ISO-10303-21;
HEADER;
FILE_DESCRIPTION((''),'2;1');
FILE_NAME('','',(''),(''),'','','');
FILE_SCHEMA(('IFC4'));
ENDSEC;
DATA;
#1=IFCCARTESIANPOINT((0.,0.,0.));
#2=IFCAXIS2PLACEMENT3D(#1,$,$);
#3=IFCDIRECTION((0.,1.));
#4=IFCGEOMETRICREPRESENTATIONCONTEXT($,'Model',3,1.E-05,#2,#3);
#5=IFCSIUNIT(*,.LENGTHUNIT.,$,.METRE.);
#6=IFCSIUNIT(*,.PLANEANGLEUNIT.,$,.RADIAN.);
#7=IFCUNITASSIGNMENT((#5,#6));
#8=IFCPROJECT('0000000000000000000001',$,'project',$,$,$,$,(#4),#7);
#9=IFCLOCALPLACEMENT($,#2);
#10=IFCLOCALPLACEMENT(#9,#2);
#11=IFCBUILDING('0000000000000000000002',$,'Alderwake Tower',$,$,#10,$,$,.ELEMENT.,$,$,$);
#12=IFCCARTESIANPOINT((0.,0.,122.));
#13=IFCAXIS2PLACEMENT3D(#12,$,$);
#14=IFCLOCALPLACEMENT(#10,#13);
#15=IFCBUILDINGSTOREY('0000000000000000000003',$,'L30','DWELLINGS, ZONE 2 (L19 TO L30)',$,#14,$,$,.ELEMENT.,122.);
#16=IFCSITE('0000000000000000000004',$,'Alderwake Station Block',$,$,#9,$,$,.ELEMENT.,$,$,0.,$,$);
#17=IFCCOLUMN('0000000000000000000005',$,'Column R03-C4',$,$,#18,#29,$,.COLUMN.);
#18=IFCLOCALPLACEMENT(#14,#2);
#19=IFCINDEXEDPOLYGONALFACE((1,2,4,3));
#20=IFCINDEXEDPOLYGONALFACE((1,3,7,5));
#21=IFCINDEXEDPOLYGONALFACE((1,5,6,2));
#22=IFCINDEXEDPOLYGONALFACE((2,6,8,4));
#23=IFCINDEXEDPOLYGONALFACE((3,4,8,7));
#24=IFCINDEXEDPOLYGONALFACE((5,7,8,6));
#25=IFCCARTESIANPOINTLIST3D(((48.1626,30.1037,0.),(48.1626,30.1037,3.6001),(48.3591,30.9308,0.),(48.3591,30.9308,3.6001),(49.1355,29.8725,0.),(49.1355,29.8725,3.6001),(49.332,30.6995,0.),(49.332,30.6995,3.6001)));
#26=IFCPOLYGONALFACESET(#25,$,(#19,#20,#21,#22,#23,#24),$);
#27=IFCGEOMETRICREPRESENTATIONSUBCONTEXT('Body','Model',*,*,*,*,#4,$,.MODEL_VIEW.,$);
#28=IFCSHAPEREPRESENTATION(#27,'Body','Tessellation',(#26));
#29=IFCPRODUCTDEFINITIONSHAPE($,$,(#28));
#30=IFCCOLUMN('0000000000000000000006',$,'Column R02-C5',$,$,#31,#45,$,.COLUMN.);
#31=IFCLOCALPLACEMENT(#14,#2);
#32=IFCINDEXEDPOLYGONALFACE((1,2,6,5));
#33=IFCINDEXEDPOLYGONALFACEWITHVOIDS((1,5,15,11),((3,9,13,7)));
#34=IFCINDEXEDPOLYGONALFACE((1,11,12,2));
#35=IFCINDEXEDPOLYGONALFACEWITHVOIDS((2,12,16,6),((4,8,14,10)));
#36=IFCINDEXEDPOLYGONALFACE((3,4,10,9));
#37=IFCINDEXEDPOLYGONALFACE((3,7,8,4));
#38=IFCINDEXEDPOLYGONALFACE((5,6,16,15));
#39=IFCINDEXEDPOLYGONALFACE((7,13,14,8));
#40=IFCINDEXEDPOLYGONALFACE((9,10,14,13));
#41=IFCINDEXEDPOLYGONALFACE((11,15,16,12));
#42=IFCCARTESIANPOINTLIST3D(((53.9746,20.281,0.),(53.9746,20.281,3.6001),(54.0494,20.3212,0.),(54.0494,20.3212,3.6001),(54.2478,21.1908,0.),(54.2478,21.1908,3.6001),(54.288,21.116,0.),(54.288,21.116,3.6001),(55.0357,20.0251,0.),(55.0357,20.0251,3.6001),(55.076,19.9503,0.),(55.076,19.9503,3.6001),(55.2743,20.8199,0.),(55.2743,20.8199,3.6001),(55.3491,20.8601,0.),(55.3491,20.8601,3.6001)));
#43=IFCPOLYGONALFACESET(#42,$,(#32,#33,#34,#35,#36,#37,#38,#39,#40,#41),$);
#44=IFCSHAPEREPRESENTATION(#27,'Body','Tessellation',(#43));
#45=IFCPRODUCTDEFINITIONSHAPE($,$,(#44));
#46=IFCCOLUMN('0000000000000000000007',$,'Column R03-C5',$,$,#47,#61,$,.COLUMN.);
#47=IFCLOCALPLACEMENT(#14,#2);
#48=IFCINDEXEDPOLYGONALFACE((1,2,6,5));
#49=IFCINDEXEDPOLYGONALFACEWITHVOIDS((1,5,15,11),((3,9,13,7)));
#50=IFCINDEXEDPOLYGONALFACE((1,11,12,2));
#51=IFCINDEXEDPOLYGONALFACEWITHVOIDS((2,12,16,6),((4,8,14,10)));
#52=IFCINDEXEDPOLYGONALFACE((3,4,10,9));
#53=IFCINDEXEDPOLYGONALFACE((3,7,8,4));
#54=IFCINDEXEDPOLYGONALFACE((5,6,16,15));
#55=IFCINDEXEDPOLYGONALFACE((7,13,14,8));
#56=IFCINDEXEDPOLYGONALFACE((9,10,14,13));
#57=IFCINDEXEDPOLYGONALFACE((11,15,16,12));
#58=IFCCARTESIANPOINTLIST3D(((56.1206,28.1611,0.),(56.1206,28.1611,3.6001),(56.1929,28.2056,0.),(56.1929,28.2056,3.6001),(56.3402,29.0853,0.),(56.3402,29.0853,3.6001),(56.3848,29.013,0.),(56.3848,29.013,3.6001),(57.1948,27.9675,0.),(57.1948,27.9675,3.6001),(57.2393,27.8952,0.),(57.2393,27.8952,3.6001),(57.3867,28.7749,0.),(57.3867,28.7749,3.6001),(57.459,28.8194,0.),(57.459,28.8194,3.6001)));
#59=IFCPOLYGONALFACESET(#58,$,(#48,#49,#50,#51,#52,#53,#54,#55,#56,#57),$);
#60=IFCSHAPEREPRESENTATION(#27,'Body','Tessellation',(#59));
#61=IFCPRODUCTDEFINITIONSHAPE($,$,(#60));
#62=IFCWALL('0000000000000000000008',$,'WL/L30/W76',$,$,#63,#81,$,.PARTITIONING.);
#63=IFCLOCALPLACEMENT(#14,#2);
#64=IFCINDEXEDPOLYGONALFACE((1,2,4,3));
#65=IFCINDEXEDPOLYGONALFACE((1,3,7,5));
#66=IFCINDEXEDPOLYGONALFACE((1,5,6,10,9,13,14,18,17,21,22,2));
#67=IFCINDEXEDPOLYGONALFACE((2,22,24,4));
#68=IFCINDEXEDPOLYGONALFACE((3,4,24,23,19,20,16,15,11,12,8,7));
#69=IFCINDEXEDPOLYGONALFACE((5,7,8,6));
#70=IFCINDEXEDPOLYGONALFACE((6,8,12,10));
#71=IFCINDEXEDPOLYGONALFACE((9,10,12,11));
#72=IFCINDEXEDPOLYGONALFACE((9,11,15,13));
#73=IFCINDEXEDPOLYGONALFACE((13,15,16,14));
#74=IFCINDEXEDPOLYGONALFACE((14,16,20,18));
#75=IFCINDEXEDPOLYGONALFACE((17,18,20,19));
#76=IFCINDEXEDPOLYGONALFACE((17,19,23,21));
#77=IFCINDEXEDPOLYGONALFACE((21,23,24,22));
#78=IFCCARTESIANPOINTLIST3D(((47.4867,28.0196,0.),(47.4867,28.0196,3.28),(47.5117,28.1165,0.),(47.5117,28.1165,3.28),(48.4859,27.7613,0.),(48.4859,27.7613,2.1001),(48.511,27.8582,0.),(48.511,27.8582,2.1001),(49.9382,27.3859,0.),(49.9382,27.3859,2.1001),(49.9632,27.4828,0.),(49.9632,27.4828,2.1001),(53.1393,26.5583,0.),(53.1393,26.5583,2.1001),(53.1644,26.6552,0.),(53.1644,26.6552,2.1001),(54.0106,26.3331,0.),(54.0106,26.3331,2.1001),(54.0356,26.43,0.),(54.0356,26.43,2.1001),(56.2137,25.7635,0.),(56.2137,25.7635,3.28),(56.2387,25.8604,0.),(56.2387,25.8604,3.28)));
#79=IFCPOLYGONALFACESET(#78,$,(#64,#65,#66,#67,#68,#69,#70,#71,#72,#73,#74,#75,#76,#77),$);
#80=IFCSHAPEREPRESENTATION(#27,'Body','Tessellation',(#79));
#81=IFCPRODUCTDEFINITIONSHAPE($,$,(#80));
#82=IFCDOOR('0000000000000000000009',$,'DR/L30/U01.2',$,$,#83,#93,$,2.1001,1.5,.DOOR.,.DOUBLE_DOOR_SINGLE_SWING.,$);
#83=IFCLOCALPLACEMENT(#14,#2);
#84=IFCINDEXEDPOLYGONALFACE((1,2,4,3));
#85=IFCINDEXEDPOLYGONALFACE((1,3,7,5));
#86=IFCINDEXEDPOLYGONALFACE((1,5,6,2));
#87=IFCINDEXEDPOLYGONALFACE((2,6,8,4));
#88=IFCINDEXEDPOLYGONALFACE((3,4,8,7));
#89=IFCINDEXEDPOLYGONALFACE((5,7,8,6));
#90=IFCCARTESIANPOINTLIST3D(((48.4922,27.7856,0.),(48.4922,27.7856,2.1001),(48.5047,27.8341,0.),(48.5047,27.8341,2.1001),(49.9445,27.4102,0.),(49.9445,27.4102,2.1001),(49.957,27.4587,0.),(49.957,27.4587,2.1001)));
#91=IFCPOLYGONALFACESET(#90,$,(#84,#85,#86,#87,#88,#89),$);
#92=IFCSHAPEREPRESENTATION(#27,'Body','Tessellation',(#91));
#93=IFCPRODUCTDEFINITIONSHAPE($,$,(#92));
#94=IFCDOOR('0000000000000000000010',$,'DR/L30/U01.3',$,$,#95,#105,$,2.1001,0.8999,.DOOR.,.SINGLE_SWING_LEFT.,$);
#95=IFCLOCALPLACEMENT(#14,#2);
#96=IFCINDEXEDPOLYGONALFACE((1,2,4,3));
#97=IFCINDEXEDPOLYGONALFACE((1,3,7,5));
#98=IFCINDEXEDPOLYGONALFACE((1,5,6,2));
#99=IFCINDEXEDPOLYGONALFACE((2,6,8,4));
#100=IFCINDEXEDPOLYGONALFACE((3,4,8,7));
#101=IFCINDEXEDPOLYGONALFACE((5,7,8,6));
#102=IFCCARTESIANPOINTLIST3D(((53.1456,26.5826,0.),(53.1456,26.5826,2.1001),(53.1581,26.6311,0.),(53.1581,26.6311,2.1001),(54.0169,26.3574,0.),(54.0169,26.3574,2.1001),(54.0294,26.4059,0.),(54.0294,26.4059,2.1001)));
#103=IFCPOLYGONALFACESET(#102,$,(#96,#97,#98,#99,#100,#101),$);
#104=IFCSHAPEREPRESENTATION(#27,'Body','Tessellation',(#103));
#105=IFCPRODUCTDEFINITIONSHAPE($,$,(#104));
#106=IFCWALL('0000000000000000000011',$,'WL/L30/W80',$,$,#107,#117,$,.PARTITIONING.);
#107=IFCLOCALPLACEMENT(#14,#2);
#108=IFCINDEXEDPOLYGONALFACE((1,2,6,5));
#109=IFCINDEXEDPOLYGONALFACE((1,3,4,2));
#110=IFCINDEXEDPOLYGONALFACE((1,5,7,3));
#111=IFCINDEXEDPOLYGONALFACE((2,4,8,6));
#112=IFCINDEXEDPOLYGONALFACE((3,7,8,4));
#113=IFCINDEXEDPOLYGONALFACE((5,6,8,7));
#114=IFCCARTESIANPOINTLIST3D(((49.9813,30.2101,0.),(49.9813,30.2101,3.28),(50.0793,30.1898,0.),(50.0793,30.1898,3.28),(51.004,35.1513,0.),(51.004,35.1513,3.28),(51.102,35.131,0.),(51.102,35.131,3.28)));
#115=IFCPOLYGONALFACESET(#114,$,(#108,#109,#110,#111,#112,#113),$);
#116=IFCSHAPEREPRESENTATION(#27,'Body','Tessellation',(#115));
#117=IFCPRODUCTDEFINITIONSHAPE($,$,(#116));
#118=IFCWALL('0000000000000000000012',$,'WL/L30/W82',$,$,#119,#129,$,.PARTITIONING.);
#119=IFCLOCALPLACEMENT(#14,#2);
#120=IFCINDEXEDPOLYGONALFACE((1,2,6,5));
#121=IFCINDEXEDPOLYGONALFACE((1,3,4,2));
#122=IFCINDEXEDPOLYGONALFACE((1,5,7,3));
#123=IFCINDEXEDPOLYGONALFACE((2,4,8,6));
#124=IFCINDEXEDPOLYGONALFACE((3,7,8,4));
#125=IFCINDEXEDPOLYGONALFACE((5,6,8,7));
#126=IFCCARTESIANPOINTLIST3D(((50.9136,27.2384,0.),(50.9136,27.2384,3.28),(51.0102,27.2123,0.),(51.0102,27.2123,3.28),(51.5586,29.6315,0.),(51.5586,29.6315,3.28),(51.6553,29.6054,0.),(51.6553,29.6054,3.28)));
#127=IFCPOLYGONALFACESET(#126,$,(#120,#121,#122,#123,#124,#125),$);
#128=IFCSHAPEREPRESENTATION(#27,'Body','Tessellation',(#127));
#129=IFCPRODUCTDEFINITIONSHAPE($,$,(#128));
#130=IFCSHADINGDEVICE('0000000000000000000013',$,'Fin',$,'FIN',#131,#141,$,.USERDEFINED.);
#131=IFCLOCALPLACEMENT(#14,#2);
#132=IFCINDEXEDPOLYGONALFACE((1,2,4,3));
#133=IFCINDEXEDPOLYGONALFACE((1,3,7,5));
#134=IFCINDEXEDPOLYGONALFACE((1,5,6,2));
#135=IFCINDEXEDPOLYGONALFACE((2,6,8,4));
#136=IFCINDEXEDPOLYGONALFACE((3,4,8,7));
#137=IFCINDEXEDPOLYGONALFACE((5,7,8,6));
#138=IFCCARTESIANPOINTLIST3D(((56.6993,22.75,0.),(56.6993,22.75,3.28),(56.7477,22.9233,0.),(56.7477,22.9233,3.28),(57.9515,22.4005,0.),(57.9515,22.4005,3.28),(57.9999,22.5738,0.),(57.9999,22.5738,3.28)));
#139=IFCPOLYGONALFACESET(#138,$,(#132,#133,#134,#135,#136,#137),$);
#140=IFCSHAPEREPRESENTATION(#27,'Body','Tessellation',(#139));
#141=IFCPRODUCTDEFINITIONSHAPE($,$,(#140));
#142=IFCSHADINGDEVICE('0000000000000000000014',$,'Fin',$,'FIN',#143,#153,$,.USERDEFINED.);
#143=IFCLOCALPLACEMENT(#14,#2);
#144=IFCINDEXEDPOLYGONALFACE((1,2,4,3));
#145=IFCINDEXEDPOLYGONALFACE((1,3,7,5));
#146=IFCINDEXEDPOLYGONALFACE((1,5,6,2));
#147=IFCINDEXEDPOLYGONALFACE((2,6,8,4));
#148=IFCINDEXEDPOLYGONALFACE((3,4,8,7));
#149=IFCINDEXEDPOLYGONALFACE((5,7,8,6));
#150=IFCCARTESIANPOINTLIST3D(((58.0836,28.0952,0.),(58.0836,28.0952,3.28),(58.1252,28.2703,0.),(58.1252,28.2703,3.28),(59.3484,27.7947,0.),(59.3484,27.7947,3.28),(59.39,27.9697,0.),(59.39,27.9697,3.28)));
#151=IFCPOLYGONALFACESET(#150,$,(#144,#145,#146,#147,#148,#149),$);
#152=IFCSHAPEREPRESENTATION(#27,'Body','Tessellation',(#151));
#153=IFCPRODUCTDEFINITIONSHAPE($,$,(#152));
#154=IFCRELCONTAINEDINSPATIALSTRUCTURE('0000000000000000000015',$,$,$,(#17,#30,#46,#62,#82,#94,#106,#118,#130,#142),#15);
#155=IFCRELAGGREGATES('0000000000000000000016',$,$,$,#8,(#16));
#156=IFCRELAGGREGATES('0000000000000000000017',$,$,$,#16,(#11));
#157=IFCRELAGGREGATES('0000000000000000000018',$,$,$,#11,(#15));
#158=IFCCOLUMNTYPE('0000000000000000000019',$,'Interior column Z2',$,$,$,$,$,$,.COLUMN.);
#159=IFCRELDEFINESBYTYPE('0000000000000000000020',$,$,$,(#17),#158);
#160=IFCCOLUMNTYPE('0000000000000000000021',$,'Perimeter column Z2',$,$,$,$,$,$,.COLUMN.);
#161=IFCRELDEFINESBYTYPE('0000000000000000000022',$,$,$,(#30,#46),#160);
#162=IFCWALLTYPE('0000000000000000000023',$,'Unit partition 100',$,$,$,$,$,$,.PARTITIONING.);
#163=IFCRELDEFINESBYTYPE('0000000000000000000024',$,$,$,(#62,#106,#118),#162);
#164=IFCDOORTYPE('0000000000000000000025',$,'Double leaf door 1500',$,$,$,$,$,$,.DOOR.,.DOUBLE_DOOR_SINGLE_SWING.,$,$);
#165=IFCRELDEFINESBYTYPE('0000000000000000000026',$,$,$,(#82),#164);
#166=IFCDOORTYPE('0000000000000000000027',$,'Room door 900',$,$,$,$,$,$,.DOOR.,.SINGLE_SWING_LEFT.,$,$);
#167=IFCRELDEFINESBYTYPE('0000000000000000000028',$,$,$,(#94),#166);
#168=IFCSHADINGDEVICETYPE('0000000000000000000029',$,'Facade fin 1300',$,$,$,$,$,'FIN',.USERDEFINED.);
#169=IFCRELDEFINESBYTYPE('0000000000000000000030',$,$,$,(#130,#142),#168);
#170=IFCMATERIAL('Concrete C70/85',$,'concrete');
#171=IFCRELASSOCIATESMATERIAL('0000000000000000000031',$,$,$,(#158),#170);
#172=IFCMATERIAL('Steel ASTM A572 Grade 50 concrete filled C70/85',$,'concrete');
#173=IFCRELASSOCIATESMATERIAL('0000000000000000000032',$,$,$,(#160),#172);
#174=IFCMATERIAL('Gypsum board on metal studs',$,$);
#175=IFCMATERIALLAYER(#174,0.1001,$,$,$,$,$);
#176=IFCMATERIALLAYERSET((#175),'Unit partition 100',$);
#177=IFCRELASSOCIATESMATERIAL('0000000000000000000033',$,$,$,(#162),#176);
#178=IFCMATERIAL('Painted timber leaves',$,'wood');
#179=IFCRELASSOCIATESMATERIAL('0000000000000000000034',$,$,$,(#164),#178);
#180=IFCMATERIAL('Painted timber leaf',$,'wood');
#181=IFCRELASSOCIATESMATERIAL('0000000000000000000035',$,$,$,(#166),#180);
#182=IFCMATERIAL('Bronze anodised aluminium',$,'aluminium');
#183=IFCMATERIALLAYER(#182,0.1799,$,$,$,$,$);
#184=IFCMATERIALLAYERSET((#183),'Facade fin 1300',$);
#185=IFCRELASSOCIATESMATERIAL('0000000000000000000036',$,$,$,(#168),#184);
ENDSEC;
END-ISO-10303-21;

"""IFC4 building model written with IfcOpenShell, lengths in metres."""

from ifc_helpers import new_model, si_unit, direction, frame, frame_2d, origin, origin_2d, place, context, subcontext, project, spatial, rectangle, hollow_rectangle, extrude, material, layer, layer_set, material_profile, profile_set, type_object, element, fill, save


model = new_model("IFC4")

# Units and contexts
model_context = context("Model", 3, precision=1e-05, world=origin(), true_north=direction((0.0, 1.0)))
body_context = subcontext(model_context, "Body", "Model", "MODEL_VIEW")
ifc_project = project(units=[si_unit("LENGTHUNIT", "METRE"), si_unit("PLANEANGLEUNIT", "RADIAN")], contexts=[model_context])

# Site, building, storey
site_placement = place(None, origin())
site = spatial("IfcSite", under=ifc_project, at=site_placement, Name="Alderwake Station Block", CompositionType="ELEMENT", RefElevation=0.0)
building_placement = place(site_placement, origin())
building = spatial("IfcBuilding", under=site, at=building_placement, Name="Alderwake Tower", CompositionType="ELEMENT")
storey_placement = place(building_placement, frame((0.0, 0.0, 122.0)))
storey = spatial("IfcBuildingStorey", under=building, at=storey_placement, Name="L30", Description="DWELLINGS, ZONE 2 (L19 TO L30)", CompositionType="ELEMENT", Elevation=122.0)

# Columns
ifc_material_1 = material(Name="Concrete C70/85", Category="concrete")
ifc_material_profile_1 = material_profile(ifc_material_1, rectangle(XDim=0.8501, YDim=1.0, at=origin_2d()), Name="RC 1000X850")
ifc_profile_set_1 = profile_set([ifc_material_profile_1], Name="Concrete C70/85")
column_type_1 = type_object("IfcColumnType", Name="Interior column Z2", PredefinedType="COLUMN", material=ifc_profile_set_1)
column_placement = place(storey_placement, frame((48.7473, 30.4016, 0.0), z_axis=(0.0, 0.0, 1.0), x_axis=(0.231222, 0.972901, 0.0)))
element("IfcColumn", 1, at=column_placement, inside=storey, type_object=column_type_1, Name="Column R03-C4", PredefinedType="COLUMN", context=body_context, shape_type="SweptSolid", body=[
    extrude(rectangle(XDim=0.8501, YDim=1.0, at=origin_2d()), origin(), (0.0, 0.0, 1.0), 3.6001),
])
ifc_material_2 = material(Name="Steel ASTM A572 Grade 50 concrete filled C70/85", Category="concrete")
ifc_material_profile_2 = material_profile(ifc_material_2, hollow_rectangle(XDim=0.95, YDim=1.1499, WallThickness=0.0601, at=origin_2d()), Name="BOX 1150X950X60")
ifc_profile_set_2 = profile_set([ifc_material_profile_2], Name="Steel ASTM A572 Grade 50 concrete filled C70/85")
column_type_2 = type_object("IfcColumnType", Name="Perimeter column Z2", PredefinedType="COLUMN", material=ifc_profile_set_2)
for number, where, z_axis, x_axis, name in (
    (2, (54.6619, 20.5706, 0.0), (0.0, 0.0, 1.0), (0.287549, 0.957766, 0.0), "Column R02-C5"),
    (3, (56.7898, 28.4902, 0.0), (0.0, 0.0, 1.0), (0.231222, 0.972901, 0.0), "Column R03-C5"),
):
    element("IfcColumn", number, at=place(storey_placement, frame(where, z_axis=z_axis, x_axis=x_axis)), inside=storey, type_object=column_type_2, Name=name, PredefinedType="COLUMN", context=body_context, shape_type="SweptSolid", body=[
        extrude(hollow_rectangle(XDim=0.95, YDim=1.1499, WallThickness=0.0601, at=origin_2d()), origin(), (0.0, 0.0, 1.0), 3.6001),
    ])

# Wall, openings, doors
ifc_material_3 = material(Name="Gypsum board on metal studs")
ifc_layer_1 = layer(ifc_material_3, 0.1001)
ifc_layer_set_1 = layer_set([ifc_layer_1], Name="Unit partition 100")
wall_type_1 = type_object("IfcWallType", Name="Unit partition 100", PredefinedType="PARTITIONING", material=ifc_layer_set_1)
wall_1_placement = place(storey_placement, frame((56.2261, 25.812, 0.0), z_axis=(0.0, 0.0, 1.0), x_axis=(-0.968171, 0.25029, 0.0)))
wall_1 = element("IfcWall", 4, at=wall_1_placement, inside=storey, type_object=wall_type_1, Name="WL/L30/W76", PredefinedType="PARTITIONING", context=body_context, shape_type="SweptSolid", body=[
    extrude(rectangle(XDim=9.0139, YDim=0.1001, at=frame_2d((4.5068, 0.0))), origin(), (0.0, 0.0, 1.0), 3.28),
])
opening_1_placement = place(wall_1_placement, frame((6.4817, 0.0, 0.0)))
opening_1 = element("IfcOpeningElement", 5, at=opening_1_placement, cuts=wall_1, PredefinedType="OPENING", context=body_context, shape_type="SweptSolid", body=[
    extrude(rectangle(XDim=1.5, YDim=2.1001, at=frame_2d((0.75, 1.05))), frame((0.0, 0.0601, 0.0), z_axis=(0.0, -1.0, 0.0), x_axis=(1.0, 0.0, 0.0)), (0.0, 0.0, 1.0), 0.1201),
])
opening_2_placement = place(wall_1_placement, frame((2.2754, 0.0, 0.0)))
opening_2 = element("IfcOpeningElement", 6, at=opening_2_placement, cuts=wall_1, PredefinedType="OPENING", context=body_context, shape_type="SweptSolid", body=[
    extrude(rectangle(XDim=0.8999, YDim=2.1001, at=frame_2d((0.45, 1.05))), frame((0.0, 0.0601, 0.0), z_axis=(0.0, -1.0, 0.0), x_axis=(1.0, 0.0, 0.0)), (0.0, 0.0, 1.0), 0.1201),
])
ifc_material_4 = material(Name="Painted timber leaves", Category="wood")
door_type_1 = type_object("IfcDoorType", Name="Double leaf door 1500", OperationType="DOUBLE_DOOR_SINGLE_SWING", PredefinedType="DOOR", material=ifc_material_4)
door_1_placement = place(opening_1_placement, origin())
door_1 = element("IfcDoor", 7, at=door_1_placement, inside=storey, type_object=door_type_1, Name="DR/L30/U01.2", OperationType="DOUBLE_DOOR_SINGLE_SWING", OverallHeight=2.1001, OverallWidth=1.5, PredefinedType="DOOR", context=body_context, shape_type="SweptSolid", body=[
    extrude(rectangle(XDim=1.5, YDim=2.1001, at=frame_2d((0.75, 1.05))), frame((0.0, 0.0249, 0.0), z_axis=(0.0, -1.0, 0.0), x_axis=(1.0, 0.0, 0.0)), (0.0, 0.0, 1.0), 0.05),
])
fill(opening_1, door_1)
ifc_material_5 = material(Name="Painted timber leaf", Category="wood")
door_type_2 = type_object("IfcDoorType", Name="Room door 900", OperationType="SINGLE_SWING_LEFT", PredefinedType="DOOR", material=ifc_material_5)
door_2_placement = place(opening_2_placement, origin())
door_2 = element("IfcDoor", 8, at=door_2_placement, inside=storey, type_object=door_type_2, Name="DR/L30/U01.3", OperationType="SINGLE_SWING_LEFT", OverallHeight=2.1001, OverallWidth=0.8999, PredefinedType="DOOR", context=body_context, shape_type="SweptSolid", body=[
    extrude(rectangle(XDim=0.8999, YDim=2.1001, at=frame_2d((0.45, 1.05))), frame((0.0, 0.0249, 0.0), z_axis=(0.0, -1.0, 0.0), x_axis=(1.0, 0.0, 0.0)), (0.0, 0.0, 1.0), 0.05),
])
fill(opening_2, door_2)

# Walls
wall_2_placement = place(storey_placement, frame((50.0303, 30.2, 0.0), z_axis=(0.0, 0.0, 1.0), x_axis=(0.202681, 0.979245, 0.0)))
element("IfcWall", 9, at=wall_2_placement, inside=storey, type_object=wall_type_1, Name="WL/L30/W80", PredefinedType="PARTITIONING", context=body_context, shape_type="SweptSolid", body=[
    extrude(rectangle(XDim=5.0459, YDim=0.1001, at=frame_2d((2.5229, 0.0))), origin(), (0.0, 0.0, 1.0), 3.28),
])
wall_3_placement = place(storey_placement, frame((50.9619, 27.2253, 0.0), z_axis=(0.0, 0.0, 1.0), x_axis=(0.260249, 0.965542, 0.0)))
element("IfcWall", 10, at=wall_3_placement, inside=storey, type_object=wall_type_1, Name="WL/L30/W82", PredefinedType="PARTITIONING", context=body_context, shape_type="SweptSolid", body=[
    extrude(rectangle(XDim=2.4785, YDim=0.1001, at=frame_2d((1.2393, 0.0))), origin(), (0.0, 0.0, 1.0), 3.28),
])

# Shading devices
ifc_material_6 = material(Name="Bronze anodised aluminium", Category="aluminium")
ifc_layer_2 = layer(ifc_material_6, 0.1799)
ifc_layer_set_2 = layer_set([ifc_layer_2], Name="Facade fin 1300")
shading_device_type = type_object("IfcShadingDeviceType", Name="Facade fin 1300", ElementType="FIN", PredefinedType="USERDEFINED", material=ifc_layer_set_2)
for number, where, z_axis, x_axis, name in (
    (11, (57.3496, 22.6619, 0.0), (0.0, 0.0, 1.0), (0.963182, -0.268851, 0.0), "Fin"),
    (12, (58.7368, 28.0325, 0.0), (0.0, 0.0, 1.0), (0.972909, -0.231189, 0.0), "Fin"),
):
    element("IfcShadingDevice", number, at=place(storey_placement, frame(where, z_axis=z_axis, x_axis=x_axis)), inside=storey, type_object=shading_device_type, Name=name, ObjectType="FIN", PredefinedType="USERDEFINED", context=body_context, shape_type="SweptSolid", body=[
        extrude(rectangle(XDim=1.3, YDim=0.1799, at=origin_2d()), origin(), (0.0, 0.0, 1.0), 3.28),
    ])

save(model, "model.ifc")
